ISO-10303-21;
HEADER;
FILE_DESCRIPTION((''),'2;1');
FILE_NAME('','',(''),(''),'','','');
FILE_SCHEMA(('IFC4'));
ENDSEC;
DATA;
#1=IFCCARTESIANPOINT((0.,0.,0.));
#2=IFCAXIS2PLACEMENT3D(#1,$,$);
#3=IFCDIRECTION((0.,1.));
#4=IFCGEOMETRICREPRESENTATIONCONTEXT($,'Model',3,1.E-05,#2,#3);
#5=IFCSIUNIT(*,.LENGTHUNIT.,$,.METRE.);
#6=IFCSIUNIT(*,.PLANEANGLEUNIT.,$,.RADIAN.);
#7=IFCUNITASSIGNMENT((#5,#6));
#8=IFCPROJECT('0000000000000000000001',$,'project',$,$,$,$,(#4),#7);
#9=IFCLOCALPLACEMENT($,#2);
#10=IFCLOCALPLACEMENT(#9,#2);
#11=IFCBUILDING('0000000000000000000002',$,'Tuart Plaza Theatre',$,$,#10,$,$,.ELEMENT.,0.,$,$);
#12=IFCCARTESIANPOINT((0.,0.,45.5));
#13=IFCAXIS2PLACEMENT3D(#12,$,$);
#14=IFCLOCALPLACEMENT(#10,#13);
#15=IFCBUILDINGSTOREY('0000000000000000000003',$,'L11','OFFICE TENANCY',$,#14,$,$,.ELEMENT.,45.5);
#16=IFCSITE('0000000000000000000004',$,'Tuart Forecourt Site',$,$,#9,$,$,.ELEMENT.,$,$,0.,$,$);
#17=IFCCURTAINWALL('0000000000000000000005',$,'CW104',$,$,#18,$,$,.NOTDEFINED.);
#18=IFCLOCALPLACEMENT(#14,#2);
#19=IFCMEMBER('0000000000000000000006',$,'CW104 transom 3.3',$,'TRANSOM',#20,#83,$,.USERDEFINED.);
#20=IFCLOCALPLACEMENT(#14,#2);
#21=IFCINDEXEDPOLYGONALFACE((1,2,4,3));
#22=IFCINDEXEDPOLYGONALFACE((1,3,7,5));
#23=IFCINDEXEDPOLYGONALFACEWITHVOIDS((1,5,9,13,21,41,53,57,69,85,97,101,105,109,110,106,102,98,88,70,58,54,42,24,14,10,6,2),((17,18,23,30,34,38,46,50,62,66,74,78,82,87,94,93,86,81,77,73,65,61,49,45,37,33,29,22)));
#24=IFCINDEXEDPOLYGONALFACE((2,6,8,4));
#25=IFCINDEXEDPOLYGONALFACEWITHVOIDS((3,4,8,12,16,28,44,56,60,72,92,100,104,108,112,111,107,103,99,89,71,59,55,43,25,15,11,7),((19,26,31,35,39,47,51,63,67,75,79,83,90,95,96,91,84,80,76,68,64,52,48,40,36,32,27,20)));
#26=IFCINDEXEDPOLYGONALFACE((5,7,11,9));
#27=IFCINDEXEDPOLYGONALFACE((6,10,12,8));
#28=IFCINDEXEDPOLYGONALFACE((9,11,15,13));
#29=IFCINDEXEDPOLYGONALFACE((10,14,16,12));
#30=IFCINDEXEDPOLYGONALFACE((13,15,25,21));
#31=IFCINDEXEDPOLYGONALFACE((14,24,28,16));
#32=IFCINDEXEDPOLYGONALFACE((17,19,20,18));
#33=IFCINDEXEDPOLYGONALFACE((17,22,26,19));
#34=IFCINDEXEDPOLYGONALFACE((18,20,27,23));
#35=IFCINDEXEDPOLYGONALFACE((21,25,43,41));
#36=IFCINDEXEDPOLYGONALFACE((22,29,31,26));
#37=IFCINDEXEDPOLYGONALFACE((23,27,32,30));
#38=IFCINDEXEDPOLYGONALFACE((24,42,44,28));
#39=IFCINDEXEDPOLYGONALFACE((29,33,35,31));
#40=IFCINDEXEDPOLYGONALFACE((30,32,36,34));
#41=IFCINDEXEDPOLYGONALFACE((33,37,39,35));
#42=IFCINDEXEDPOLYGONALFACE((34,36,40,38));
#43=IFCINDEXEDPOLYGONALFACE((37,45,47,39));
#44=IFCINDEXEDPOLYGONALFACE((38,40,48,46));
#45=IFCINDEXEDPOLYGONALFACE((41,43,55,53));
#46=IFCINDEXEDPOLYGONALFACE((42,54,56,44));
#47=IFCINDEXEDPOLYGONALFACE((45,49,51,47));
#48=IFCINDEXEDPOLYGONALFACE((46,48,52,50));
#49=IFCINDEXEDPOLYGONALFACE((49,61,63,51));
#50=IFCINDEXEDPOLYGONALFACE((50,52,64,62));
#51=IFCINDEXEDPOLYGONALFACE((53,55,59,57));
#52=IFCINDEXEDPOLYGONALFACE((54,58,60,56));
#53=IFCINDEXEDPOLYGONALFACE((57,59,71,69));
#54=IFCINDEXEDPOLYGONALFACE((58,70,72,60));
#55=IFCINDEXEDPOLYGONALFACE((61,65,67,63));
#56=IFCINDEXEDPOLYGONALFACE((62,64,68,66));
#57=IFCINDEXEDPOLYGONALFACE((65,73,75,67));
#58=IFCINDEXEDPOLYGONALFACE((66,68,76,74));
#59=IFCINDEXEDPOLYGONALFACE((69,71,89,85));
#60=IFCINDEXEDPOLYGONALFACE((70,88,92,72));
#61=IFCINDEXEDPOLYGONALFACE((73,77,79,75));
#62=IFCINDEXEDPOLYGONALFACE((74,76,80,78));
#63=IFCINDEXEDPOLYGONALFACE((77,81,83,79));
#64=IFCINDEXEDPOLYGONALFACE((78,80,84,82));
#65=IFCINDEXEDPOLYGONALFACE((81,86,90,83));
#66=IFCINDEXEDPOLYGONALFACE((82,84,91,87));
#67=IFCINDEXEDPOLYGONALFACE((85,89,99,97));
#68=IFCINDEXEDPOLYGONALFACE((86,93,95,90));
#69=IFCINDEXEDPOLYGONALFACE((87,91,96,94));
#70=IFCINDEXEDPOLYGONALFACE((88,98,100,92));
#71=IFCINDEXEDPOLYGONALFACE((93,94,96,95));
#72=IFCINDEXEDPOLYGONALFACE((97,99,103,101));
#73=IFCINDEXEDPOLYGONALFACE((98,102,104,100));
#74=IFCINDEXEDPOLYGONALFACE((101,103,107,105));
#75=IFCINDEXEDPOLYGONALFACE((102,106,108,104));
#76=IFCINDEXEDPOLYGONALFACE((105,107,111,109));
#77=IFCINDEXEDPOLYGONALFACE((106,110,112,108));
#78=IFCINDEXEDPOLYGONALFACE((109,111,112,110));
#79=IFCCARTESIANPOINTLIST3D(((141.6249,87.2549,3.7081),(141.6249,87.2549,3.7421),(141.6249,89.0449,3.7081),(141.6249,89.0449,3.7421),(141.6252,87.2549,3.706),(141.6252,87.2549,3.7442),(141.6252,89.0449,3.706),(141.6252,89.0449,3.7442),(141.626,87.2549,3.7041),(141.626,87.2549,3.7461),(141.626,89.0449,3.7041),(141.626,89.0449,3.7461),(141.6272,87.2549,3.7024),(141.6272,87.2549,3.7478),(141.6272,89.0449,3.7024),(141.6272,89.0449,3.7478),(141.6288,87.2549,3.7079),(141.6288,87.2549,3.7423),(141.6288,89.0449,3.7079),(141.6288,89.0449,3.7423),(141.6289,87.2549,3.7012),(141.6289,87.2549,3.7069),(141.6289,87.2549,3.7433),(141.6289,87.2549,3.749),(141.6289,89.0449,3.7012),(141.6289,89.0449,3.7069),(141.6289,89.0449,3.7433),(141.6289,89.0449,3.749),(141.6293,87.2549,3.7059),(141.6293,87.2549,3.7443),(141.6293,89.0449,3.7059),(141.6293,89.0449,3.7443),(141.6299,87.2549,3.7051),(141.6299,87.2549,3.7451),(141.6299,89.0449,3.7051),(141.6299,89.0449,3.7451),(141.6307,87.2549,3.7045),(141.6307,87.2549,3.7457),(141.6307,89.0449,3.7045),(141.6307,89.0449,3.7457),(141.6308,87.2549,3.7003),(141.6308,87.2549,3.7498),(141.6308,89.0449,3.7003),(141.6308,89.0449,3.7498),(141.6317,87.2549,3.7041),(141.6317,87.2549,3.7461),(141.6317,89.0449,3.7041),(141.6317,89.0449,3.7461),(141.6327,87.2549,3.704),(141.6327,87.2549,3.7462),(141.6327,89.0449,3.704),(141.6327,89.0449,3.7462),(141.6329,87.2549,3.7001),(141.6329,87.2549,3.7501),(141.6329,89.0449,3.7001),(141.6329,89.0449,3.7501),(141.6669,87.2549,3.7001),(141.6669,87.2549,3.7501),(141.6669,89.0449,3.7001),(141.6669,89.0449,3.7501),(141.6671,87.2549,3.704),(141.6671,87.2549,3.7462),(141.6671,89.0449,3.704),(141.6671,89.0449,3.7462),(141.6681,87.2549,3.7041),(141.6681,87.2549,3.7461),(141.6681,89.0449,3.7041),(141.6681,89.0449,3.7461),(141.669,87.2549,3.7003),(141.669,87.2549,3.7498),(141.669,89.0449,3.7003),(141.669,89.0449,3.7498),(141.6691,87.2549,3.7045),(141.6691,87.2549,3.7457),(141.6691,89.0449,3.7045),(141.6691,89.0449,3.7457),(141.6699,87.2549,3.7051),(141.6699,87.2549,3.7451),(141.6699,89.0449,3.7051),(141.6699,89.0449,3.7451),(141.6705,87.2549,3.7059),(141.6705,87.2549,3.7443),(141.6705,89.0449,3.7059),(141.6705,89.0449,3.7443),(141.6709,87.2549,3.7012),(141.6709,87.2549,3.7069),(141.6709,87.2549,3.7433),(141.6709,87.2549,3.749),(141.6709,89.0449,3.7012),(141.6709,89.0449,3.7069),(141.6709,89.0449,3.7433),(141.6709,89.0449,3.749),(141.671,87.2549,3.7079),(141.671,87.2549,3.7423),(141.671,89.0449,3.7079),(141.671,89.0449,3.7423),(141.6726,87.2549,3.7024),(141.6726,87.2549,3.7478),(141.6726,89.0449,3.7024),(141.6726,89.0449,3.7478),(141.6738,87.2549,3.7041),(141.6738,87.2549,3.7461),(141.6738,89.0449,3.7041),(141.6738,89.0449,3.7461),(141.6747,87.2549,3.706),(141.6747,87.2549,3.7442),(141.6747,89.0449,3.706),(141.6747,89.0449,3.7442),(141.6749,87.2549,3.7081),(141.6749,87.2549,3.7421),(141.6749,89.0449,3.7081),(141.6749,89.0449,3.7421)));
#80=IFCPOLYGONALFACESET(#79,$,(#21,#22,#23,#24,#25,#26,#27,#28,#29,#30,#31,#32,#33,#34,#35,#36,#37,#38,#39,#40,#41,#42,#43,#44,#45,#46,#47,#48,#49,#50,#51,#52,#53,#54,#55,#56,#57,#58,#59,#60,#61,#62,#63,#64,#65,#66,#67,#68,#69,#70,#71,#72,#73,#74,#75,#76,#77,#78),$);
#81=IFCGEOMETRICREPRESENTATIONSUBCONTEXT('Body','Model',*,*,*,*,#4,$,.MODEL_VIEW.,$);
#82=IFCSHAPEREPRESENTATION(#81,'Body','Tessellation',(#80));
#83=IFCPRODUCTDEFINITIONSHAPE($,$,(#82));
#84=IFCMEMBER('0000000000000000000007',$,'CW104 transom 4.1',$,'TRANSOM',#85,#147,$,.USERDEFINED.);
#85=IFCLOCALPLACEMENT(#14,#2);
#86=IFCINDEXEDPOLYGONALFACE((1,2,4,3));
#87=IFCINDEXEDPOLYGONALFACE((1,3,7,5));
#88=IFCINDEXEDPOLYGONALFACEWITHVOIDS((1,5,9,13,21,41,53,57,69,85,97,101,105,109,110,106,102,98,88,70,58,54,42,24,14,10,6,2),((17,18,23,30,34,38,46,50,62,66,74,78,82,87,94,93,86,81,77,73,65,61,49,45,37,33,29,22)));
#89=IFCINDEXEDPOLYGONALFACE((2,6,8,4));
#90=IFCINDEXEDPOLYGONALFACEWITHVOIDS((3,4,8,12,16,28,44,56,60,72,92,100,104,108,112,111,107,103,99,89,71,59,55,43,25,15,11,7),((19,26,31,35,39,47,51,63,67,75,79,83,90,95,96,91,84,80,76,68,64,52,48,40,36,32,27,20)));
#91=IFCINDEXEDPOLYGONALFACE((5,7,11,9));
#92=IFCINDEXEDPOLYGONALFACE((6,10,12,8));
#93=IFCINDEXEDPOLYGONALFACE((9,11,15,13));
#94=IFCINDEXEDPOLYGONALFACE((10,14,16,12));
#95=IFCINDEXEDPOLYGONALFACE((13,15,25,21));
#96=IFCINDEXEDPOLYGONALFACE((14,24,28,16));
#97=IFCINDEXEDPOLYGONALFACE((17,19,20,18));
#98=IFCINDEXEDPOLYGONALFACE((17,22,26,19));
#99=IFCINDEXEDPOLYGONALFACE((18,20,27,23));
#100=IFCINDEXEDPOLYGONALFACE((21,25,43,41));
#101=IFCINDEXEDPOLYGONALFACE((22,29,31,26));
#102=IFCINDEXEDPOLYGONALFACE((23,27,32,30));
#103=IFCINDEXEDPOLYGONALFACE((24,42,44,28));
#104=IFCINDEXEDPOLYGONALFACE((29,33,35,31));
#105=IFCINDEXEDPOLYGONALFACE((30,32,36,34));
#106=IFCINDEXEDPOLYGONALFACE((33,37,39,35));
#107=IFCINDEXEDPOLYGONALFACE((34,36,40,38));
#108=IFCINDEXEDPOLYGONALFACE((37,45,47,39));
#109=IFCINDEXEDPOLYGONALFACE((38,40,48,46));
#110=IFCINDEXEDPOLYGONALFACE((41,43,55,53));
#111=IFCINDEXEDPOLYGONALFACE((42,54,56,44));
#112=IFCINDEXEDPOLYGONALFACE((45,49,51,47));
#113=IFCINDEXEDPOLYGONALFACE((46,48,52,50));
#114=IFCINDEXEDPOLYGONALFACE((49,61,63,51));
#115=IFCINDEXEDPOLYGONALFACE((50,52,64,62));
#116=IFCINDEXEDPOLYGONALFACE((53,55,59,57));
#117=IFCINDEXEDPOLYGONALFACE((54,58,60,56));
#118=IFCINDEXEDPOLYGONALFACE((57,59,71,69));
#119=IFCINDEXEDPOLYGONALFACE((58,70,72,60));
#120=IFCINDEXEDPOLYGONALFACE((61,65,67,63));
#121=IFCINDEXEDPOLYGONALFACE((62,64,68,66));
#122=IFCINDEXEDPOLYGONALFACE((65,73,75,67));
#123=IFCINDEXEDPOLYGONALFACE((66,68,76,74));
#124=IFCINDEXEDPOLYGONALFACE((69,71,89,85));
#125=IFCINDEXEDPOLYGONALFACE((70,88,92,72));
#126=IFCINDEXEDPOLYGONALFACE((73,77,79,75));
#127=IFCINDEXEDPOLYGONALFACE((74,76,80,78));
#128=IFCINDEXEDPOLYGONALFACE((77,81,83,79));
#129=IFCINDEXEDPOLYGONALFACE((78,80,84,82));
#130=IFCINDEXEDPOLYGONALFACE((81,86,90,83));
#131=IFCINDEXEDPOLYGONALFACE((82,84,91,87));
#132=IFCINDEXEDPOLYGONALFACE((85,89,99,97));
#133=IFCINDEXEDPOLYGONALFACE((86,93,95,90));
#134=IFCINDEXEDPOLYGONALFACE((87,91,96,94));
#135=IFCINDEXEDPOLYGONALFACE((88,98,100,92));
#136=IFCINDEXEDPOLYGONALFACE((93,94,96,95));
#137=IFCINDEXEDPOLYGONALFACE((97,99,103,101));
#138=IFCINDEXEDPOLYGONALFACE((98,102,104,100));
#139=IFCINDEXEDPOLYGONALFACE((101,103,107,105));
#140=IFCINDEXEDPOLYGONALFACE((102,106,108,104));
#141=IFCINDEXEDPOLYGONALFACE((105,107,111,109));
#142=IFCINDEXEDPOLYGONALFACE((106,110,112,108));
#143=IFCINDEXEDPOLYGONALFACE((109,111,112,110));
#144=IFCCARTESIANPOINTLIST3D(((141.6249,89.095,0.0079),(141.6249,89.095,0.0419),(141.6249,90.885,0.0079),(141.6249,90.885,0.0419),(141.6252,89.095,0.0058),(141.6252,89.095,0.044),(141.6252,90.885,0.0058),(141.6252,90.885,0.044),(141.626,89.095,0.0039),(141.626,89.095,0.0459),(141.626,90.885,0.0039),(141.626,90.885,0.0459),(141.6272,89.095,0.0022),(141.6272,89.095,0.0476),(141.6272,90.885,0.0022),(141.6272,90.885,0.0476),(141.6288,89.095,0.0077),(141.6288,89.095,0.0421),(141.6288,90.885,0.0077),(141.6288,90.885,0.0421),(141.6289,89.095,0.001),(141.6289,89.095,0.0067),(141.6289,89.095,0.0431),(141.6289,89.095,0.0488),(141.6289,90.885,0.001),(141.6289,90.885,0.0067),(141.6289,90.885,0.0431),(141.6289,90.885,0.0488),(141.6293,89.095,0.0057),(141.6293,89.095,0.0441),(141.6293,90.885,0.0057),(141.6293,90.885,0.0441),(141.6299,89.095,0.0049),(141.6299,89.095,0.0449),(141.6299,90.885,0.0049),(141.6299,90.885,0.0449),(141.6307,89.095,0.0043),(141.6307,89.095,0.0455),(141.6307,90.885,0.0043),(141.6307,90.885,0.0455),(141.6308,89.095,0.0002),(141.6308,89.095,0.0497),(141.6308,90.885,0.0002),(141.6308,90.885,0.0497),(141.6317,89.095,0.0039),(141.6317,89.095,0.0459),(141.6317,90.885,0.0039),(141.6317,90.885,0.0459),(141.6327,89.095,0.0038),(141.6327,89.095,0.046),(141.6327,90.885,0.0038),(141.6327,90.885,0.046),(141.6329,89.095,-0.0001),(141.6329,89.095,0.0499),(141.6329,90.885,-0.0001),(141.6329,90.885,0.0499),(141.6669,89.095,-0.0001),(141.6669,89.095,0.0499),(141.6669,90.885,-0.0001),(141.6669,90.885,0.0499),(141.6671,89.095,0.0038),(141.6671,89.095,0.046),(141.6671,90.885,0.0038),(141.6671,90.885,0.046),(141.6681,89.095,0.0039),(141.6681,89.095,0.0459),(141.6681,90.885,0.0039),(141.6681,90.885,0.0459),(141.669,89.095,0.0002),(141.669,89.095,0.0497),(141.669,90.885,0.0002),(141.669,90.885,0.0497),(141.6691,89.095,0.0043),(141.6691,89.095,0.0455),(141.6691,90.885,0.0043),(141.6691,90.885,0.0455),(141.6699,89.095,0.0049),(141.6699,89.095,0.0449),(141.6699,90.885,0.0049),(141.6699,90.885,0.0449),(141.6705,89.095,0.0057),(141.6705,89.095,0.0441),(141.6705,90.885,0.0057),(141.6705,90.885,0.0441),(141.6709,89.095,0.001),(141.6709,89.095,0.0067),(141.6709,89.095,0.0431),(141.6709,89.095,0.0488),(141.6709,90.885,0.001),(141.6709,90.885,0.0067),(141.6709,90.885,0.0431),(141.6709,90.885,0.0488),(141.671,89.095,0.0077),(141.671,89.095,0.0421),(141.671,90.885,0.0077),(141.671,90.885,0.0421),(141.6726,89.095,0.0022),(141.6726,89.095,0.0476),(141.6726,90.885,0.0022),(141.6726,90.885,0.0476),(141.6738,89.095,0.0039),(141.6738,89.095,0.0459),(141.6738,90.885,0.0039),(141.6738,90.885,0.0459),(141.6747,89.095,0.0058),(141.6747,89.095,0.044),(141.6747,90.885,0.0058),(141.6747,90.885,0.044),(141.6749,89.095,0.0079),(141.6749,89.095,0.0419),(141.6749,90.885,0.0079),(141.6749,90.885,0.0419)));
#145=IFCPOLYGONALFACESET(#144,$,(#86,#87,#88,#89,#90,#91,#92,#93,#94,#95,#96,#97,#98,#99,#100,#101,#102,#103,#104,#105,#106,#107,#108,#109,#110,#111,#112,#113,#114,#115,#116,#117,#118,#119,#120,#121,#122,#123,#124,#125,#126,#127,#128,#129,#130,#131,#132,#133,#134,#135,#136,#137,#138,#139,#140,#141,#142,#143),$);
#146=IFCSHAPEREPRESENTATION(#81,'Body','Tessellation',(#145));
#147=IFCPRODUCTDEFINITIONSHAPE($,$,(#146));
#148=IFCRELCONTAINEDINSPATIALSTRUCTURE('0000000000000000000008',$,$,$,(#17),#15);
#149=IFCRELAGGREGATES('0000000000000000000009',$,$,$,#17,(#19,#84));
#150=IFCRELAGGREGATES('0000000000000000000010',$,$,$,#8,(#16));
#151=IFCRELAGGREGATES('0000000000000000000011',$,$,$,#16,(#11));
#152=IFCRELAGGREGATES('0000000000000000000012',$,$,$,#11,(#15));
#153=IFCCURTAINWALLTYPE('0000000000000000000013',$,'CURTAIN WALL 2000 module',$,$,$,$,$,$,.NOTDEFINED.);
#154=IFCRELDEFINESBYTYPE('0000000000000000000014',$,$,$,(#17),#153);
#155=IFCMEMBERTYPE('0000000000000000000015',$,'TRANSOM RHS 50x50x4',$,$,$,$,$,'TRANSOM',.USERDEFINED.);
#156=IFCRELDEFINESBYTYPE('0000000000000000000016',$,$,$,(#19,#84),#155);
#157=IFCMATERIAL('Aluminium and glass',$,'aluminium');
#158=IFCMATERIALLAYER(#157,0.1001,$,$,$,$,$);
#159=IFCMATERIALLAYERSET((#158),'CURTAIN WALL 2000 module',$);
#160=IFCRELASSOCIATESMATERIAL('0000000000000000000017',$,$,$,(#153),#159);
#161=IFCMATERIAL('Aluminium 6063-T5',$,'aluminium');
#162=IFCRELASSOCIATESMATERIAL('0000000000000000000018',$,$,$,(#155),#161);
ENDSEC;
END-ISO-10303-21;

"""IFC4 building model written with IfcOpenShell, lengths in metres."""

from ifc_helpers import new_model, si_unit, direction, frame, origin, origin_2d, place, context, subcontext, project, spatial, hollow_rectangle, extrude, material, layer, layer_set, material_profile, profile_set, type_object, element, aggregate, save


model = new_model("IFC4")

# Units and contexts
model_context = context("Model", 3, precision=1e-05, world=origin(), true_north=direction((0.0, 1.0)))
body_context = subcontext(model_context, "Body", "Model", "MODEL_VIEW")
ifc_project = project(units=[si_unit("LENGTHUNIT", "METRE"), si_unit("PLANEANGLEUNIT", "RADIAN")], contexts=[model_context])

# Site, building, storey
site_placement = place(None, origin())
site = spatial("IfcSite", under=ifc_project, at=site_placement, Name="Tuart Forecourt Site", CompositionType="ELEMENT", RefElevation=0.0)
building_placement = place(site_placement, origin())
building = spatial("IfcBuilding", under=site, at=building_placement, Name="Tuart Plaza Theatre", CompositionType="ELEMENT", ElevationOfRefHeight=0.0)
storey_placement = place(building_placement, frame((0.0, 0.0, 45.5)))
storey = spatial("IfcBuildingStorey", under=building, at=storey_placement, Name="L11", Description="OFFICE TENANCY", CompositionType="ELEMENT", Elevation=45.5)

# Curtain wall, members
ifc_material_1 = material(Name="Aluminium and glass", Category="aluminium")
ifc_layer_1 = layer(ifc_material_1, 0.1001)
ifc_layer_set_1 = layer_set([ifc_layer_1], Name="CURTAIN WALL 2000 module")
curtain_wall_type = type_object("IfcCurtainWallType", Name="CURTAIN WALL 2000 module", PredefinedType="NOTDEFINED", material=ifc_layer_set_1)
curtain_wall_placement = place(storey_placement, origin())
curtain_wall = element("IfcCurtainWall", 1, at=curtain_wall_placement, inside=storey, type_object=curtain_wall_type, Name="CW104", PredefinedType="NOTDEFINED")
ifc_material_2 = material(Name="Aluminium 6063-T5", Category="aluminium")
ifc_material_profile_1 = material_profile(ifc_material_2, hollow_rectangle(XDim=0.05, YDim=0.05, WallThickness=0.0039, InnerFilletRadius=0.0039, OuterFilletRadius=0.0081, at=origin_2d()), Name="RHS 50x50x4")
ifc_profile_set_1 = profile_set([ifc_material_profile_1], Name="Aluminium 6063-T5")
member_type_1 = type_object("IfcMemberType", Name="TRANSOM RHS 50x50x4", ElementType="TRANSOM", PredefinedType="USERDEFINED", material=ifc_profile_set_1)
member_1_placement = place(storey_placement, frame((141.6499, 87.2549, 3.7251), z_axis=(0.0, 1.0, 0.0), x_axis=(-1.0, 0.0, 0.0)))
member_1 = element("IfcMember", 2, at=member_1_placement, type_object=member_type_1, Name="CW104 transom 3.3", ObjectType="TRANSOM", PredefinedType="USERDEFINED", context=body_context, shape_type="SweptSolid", body=[
    extrude(hollow_rectangle(XDim=0.05, YDim=0.05, WallThickness=0.0039, InnerFilletRadius=0.0039, OuterFilletRadius=0.0081, at=origin_2d()), origin(), (0.0, 0.0, 1.0), 1.79),
])
member_2_placement = place(storey_placement, frame((141.6499, 89.095, 0.0249), z_axis=(0.0, 1.0, 0.0), x_axis=(-1.0, 0.0, 0.0)))
member_2 = element("IfcMember", 3, at=member_2_placement, type_object=member_type_1, Name="CW104 transom 4.1", ObjectType="TRANSOM", PredefinedType="USERDEFINED", context=body_context, shape_type="SweptSolid", body=[
    extrude(hollow_rectangle(XDim=0.05, YDim=0.05, WallThickness=0.0039, InnerFilletRadius=0.0039, OuterFilletRadius=0.0081, at=origin_2d()), origin(), (0.0, 0.0, 1.0), 1.79),
])
aggregate(curtain_wall, [member_1, member_2])

save(model, "model.ifc")
